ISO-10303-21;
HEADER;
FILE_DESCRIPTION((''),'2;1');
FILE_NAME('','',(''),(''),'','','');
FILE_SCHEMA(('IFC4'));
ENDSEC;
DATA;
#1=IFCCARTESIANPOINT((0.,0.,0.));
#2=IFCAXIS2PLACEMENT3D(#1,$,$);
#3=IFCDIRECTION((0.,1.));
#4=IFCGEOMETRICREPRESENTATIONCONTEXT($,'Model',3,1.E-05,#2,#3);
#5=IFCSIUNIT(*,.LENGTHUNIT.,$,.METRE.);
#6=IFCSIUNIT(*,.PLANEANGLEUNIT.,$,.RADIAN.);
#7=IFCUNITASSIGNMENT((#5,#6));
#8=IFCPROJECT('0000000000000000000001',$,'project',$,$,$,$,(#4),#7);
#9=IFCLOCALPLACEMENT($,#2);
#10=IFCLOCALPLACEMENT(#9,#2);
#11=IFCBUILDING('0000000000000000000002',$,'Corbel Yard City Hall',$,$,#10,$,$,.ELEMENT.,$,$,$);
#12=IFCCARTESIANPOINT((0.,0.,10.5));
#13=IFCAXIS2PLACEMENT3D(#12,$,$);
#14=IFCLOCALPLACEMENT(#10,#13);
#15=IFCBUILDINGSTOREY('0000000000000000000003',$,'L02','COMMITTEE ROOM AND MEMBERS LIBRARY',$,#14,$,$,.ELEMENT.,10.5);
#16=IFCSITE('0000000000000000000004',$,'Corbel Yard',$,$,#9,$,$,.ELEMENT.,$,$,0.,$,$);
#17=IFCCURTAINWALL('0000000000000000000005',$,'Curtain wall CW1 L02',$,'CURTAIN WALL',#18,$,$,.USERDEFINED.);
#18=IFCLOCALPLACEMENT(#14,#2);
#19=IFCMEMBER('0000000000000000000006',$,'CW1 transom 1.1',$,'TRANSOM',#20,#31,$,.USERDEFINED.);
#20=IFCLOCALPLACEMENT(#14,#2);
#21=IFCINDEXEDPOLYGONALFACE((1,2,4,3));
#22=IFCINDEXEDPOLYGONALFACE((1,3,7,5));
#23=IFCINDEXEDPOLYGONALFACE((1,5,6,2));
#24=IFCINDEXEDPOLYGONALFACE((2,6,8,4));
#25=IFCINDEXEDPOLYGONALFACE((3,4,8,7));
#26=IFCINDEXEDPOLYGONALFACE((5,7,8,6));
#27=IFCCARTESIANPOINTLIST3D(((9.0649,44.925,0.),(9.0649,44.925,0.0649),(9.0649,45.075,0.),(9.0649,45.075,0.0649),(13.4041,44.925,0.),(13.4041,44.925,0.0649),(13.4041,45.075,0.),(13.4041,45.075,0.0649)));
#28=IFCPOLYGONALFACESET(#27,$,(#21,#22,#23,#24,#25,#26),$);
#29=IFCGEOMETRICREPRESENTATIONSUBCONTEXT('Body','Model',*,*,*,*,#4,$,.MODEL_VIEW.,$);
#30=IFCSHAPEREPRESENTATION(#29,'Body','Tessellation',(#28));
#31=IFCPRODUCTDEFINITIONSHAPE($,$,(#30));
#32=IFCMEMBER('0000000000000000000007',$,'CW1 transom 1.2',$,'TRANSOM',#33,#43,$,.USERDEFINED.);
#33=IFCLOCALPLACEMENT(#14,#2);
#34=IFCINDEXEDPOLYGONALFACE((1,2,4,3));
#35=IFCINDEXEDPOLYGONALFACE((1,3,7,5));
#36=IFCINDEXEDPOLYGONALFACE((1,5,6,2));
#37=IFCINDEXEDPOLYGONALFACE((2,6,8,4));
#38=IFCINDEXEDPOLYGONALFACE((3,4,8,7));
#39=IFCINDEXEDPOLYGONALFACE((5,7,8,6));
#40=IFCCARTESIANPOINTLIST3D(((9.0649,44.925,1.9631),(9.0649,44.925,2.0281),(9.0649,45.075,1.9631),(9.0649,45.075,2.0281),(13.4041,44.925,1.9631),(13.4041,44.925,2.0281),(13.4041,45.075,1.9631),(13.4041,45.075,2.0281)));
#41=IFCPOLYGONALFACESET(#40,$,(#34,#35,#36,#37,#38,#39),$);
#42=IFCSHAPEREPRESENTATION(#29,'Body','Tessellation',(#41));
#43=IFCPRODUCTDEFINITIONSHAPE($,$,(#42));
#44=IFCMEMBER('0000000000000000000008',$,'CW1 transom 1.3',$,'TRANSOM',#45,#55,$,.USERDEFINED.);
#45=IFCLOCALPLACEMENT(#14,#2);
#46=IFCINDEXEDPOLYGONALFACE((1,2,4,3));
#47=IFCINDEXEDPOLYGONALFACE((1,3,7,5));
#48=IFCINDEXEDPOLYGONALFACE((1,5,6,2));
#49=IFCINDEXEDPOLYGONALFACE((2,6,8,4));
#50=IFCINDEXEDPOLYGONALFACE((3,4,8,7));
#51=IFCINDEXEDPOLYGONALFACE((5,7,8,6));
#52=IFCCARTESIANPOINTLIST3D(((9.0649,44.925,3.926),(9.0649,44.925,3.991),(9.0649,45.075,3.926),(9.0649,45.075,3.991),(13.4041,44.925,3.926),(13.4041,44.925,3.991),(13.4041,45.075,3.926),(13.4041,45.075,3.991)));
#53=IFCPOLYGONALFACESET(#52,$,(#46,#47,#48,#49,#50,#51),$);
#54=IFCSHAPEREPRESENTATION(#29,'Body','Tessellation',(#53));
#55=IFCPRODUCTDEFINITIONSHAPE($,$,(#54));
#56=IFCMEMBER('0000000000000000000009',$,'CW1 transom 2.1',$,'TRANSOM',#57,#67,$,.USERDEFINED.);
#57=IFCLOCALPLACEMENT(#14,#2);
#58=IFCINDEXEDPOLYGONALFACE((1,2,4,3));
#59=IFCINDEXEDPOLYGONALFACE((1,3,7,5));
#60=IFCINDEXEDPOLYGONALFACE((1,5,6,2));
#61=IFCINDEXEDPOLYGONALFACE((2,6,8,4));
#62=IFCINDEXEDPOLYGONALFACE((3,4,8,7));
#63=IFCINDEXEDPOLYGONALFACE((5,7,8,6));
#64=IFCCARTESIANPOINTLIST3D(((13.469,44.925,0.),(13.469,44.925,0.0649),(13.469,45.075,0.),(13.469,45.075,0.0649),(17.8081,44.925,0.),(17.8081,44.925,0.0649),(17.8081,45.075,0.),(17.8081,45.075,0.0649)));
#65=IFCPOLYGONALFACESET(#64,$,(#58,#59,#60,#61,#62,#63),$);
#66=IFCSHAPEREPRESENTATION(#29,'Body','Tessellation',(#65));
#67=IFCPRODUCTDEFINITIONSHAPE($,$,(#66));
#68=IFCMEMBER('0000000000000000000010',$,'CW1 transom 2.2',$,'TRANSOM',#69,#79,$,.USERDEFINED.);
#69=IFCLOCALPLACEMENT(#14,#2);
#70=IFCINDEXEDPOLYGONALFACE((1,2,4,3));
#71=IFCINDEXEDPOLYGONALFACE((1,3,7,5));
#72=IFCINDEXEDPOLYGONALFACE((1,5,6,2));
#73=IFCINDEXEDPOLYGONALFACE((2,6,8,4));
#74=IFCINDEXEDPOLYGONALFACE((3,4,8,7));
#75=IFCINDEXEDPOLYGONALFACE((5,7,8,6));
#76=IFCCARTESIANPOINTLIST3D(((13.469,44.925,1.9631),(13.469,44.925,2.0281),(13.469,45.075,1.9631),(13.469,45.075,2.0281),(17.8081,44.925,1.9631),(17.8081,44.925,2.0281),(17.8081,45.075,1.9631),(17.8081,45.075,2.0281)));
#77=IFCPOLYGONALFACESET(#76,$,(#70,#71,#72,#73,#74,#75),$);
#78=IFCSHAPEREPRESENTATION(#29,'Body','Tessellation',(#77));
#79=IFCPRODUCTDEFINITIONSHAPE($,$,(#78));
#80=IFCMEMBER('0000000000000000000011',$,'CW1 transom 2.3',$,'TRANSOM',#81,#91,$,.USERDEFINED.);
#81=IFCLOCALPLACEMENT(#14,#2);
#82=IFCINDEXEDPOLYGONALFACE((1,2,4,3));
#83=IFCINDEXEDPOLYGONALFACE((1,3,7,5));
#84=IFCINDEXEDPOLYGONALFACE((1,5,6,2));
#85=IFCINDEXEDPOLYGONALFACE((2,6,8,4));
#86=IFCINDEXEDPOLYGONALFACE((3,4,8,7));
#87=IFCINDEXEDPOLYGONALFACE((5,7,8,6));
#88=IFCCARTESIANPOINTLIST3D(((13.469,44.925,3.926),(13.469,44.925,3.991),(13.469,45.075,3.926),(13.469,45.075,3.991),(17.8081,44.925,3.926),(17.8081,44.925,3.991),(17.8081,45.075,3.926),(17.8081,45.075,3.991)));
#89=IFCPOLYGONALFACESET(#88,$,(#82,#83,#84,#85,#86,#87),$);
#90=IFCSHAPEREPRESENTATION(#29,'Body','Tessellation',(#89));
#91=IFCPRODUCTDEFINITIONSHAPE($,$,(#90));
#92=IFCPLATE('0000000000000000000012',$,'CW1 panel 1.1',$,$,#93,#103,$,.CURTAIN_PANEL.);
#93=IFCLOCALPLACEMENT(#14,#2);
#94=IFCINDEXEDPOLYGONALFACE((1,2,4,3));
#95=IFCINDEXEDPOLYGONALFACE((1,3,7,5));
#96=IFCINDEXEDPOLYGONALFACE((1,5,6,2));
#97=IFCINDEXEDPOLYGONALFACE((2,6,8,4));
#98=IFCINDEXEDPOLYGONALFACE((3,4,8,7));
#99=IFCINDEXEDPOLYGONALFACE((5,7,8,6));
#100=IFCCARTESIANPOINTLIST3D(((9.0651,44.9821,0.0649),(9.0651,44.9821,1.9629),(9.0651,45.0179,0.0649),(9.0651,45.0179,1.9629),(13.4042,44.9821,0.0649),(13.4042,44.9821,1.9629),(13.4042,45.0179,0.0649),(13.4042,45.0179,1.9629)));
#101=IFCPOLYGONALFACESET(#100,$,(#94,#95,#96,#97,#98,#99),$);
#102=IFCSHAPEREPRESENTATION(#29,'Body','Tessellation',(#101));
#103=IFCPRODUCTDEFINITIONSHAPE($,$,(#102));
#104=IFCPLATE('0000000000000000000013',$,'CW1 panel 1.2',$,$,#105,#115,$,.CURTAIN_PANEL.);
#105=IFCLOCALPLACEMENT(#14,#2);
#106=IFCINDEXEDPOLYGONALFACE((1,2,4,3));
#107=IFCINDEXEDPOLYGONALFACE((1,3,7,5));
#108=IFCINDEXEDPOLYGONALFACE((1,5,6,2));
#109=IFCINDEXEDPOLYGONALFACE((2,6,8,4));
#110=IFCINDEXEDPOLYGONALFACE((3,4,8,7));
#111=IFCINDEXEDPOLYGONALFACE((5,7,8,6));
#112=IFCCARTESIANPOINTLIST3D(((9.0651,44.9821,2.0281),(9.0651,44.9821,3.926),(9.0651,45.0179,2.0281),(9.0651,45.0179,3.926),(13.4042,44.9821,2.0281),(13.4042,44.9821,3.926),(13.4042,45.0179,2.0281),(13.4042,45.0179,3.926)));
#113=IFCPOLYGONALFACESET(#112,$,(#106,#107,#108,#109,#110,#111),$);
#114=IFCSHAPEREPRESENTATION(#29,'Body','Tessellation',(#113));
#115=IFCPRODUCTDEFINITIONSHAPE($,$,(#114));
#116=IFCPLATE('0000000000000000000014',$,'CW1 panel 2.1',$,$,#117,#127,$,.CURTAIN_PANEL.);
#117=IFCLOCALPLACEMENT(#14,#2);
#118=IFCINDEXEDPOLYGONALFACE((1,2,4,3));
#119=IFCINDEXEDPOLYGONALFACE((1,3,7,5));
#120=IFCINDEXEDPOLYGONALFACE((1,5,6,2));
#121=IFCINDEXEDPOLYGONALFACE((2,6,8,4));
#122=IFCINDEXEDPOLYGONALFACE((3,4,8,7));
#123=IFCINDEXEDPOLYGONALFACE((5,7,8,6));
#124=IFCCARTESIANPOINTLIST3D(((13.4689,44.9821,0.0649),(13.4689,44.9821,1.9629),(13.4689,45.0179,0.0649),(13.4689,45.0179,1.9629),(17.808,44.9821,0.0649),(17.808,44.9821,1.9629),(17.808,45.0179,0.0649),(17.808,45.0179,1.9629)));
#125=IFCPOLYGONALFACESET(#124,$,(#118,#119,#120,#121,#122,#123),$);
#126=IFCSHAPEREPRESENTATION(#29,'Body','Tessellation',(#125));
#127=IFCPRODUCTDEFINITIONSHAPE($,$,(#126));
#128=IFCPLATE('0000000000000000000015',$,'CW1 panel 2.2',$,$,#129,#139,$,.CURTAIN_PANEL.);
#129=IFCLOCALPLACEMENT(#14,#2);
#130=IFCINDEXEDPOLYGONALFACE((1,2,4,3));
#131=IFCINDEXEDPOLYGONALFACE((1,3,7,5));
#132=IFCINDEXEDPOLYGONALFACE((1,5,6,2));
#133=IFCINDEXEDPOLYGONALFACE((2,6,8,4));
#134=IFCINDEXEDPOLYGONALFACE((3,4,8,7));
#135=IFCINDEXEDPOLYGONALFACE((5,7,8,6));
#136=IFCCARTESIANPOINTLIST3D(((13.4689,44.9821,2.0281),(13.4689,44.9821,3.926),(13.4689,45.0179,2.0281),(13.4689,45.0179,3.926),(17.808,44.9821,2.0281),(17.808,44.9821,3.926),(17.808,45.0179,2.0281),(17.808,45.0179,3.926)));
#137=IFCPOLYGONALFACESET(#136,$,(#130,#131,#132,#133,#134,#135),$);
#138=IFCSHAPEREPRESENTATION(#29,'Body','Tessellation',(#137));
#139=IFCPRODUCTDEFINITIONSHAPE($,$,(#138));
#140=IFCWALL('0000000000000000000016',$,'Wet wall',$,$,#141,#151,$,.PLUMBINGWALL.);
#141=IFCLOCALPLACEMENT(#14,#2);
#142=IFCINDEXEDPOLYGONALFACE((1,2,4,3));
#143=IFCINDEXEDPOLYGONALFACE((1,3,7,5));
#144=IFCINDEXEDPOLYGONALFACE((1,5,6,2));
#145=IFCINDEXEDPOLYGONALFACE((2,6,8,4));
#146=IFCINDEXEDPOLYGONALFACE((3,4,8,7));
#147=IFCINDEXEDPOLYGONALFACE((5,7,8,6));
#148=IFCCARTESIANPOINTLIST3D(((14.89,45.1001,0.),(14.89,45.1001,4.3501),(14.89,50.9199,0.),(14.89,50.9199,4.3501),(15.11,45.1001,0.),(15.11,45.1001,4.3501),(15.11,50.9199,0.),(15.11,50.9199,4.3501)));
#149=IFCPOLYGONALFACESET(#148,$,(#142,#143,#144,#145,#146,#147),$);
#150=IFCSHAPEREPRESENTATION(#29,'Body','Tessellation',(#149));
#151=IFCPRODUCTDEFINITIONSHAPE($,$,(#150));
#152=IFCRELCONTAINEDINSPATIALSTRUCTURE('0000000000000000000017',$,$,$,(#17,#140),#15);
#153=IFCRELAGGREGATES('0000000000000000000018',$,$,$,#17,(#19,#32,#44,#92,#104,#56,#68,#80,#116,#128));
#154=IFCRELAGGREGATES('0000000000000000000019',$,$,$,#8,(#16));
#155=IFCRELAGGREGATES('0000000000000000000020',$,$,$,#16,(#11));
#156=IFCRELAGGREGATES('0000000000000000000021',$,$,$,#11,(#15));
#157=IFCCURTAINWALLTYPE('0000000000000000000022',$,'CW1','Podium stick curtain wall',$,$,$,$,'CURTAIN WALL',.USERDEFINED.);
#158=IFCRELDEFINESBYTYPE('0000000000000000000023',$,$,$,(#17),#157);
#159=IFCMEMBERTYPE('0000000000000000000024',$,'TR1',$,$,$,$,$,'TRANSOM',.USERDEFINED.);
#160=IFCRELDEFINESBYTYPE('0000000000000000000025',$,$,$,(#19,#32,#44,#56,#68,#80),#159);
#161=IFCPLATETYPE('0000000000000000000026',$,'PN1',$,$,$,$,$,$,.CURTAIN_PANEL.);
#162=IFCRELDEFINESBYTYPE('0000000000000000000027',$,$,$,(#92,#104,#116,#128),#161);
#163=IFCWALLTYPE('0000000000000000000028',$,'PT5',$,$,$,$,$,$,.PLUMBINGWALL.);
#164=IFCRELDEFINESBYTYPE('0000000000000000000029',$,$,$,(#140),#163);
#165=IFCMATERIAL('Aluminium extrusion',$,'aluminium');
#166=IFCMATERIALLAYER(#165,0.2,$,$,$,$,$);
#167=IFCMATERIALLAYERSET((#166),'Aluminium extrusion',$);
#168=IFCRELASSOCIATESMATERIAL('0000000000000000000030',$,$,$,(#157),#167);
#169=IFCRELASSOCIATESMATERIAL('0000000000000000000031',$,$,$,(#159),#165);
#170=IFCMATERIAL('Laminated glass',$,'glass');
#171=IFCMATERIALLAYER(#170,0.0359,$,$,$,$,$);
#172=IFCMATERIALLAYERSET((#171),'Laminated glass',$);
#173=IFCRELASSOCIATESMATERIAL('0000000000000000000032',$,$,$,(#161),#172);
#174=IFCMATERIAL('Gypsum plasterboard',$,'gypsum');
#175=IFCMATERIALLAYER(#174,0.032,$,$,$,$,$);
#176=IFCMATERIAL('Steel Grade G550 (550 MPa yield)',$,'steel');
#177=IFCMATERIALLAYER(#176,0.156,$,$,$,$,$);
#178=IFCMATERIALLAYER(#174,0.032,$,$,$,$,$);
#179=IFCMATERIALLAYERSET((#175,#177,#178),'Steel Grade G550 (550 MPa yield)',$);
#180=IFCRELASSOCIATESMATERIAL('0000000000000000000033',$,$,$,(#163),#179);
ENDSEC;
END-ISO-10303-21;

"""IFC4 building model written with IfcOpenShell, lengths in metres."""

from ifc_helpers import new_model, si_unit, direction, frame, frame_2d, origin, origin_2d, place, context, subcontext, project, spatial, rectangle, extrude, material, layer, layer_set, material_profile, profile_set, type_object, element, aggregate, save


model = new_model("IFC4")

# Units and contexts
model_context = context("Model", 3, precision=1e-05, world=origin(), true_north=direction((0.0, 1.0)))
body_context = subcontext(model_context, "Body", "Model", "MODEL_VIEW")
ifc_project = project(units=[si_unit("LENGTHUNIT", "METRE"), si_unit("PLANEANGLEUNIT", "RADIAN")], contexts=[model_context])

# Site, building, storey
site_placement = place(None, origin())
site = spatial("IfcSite", under=ifc_project, at=site_placement, Name="Corbel Yard", CompositionType="ELEMENT", RefElevation=0.0)
building_placement = place(site_placement, origin())
building = spatial("IfcBuilding", under=site, at=building_placement, Name="Corbel Yard City Hall", CompositionType="ELEMENT")
storey_placement = place(building_placement, frame((0.0, 0.0, 10.5)))
storey = spatial("IfcBuildingStorey", under=building, at=storey_placement, Name="L02", Description="COMMITTEE ROOM AND MEMBERS LIBRARY", CompositionType="ELEMENT", Elevation=10.5)

# Curtain wall
ifc_material_1 = material(Name="Aluminium extrusion", Category="aluminium")
ifc_layer_1 = layer(ifc_material_1, 0.2)
ifc_layer_set_1 = layer_set([ifc_layer_1], Name="Aluminium extrusion")
curtain_wall_type = type_object("IfcCurtainWallType", Name="CW1", Description="Podium stick curtain wall", ElementType="CURTAIN WALL", PredefinedType="USERDEFINED", material=ifc_layer_set_1)
curtain_wall_placement = place(storey_placement, origin())
curtain_wall = element("IfcCurtainWall", 1, at=curtain_wall_placement, inside=storey, type_object=curtain_wall_type, Name="Curtain wall CW1 L02", ObjectType="CURTAIN WALL", PredefinedType="USERDEFINED")

# Members
ifc_material_profile_1 = material_profile(ifc_material_1, rectangle(XDim=0.1499, YDim=0.0649, at=origin_2d()), Name="150x65")
ifc_profile_set_1 = profile_set([ifc_material_profile_1], Name="Aluminium extrusion")
member_type_1 = type_object("IfcMemberType", Name="TR1", ElementType="TRANSOM", PredefinedType="USERDEFINED", material=ifc_profile_set_1)
member_1_placement = place(storey_placement, frame((9.0649, 45.0, 0.0325), z_axis=(1.0, 0.0, 0.0), x_axis=(0.0, 1.0, 0.0)))
member_1 = element("IfcMember", 2, at=member_1_placement, type_object=member_type_1, Name="CW1 transom 1.1", ObjectType="TRANSOM", PredefinedType="USERDEFINED", context=body_context, shape_type="SweptSolid", body=[
    extrude(rectangle(XDim=0.1499, YDim=0.0649, at=origin_2d()), origin(), (0.0, 0.0, 1.0), 4.3391),
])
member_2_placement = place(storey_placement, frame((9.0649, 45.0, 1.9956), z_axis=(1.0, 0.0, 0.0), x_axis=(0.0, 1.0, 0.0)))
member_2 = element("IfcMember", 3, at=member_2_placement, type_object=member_type_1, Name="CW1 transom 1.2", ObjectType="TRANSOM", PredefinedType="USERDEFINED", context=body_context, shape_type="SweptSolid", body=[
    extrude(rectangle(XDim=0.1499, YDim=0.0649, at=origin_2d()), origin(), (0.0, 0.0, 1.0), 4.3391),
])
member_3_placement = place(storey_placement, frame((9.0649, 45.0, 3.9585), z_axis=(1.0, 0.0, 0.0), x_axis=(0.0, 1.0, 0.0)))
member_3 = element("IfcMember", 4, at=member_3_placement, type_object=member_type_1, Name="CW1 transom 1.3", ObjectType="TRANSOM", PredefinedType="USERDEFINED", context=body_context, shape_type="SweptSolid", body=[
    extrude(rectangle(XDim=0.1499, YDim=0.0649, at=origin_2d()), origin(), (0.0, 0.0, 1.0), 4.3391),
])
member_4_placement = place(storey_placement, frame((13.469, 45.0, 0.0325), z_axis=(1.0, 0.0, 0.0), x_axis=(0.0, 1.0, 0.0)))
member_4 = element("IfcMember", 5, at=member_4_placement, type_object=member_type_1, Name="CW1 transom 2.1", ObjectType="TRANSOM", PredefinedType="USERDEFINED", context=body_context, shape_type="SweptSolid", body=[
    extrude(rectangle(XDim=0.1499, YDim=0.0649, at=origin_2d()), origin(), (0.0, 0.0, 1.0), 4.3391),
])
member_5_placement = place(storey_placement, frame((13.469, 45.0, 1.9956), z_axis=(1.0, 0.0, 0.0), x_axis=(0.0, 1.0, 0.0)))
member_5 = element("IfcMember", 6, at=member_5_placement, type_object=member_type_1, Name="CW1 transom 2.2", ObjectType="TRANSOM", PredefinedType="USERDEFINED", context=body_context, shape_type="SweptSolid", body=[
    extrude(rectangle(XDim=0.1499, YDim=0.0649, at=origin_2d()), origin(), (0.0, 0.0, 1.0), 4.3391),
])
member_6_placement = place(storey_placement, frame((13.469, 45.0, 3.9585), z_axis=(1.0, 0.0, 0.0), x_axis=(0.0, 1.0, 0.0)))
member_6 = element("IfcMember", 7, at=member_6_placement, type_object=member_type_1, Name="CW1 transom 2.3", ObjectType="TRANSOM", PredefinedType="USERDEFINED", context=body_context, shape_type="SweptSolid", body=[
    extrude(rectangle(XDim=0.1499, YDim=0.0649, at=origin_2d()), origin(), (0.0, 0.0, 1.0), 4.3391),
])

# Plates
ifc_material_2 = material(Name="Laminated glass", Category="glass")
ifc_layer_2 = layer(ifc_material_2, 0.0359)
ifc_layer_set_2 = layer_set([ifc_layer_2], Name="Laminated glass")
plate_type = type_object("IfcPlateType", Name="PN1", PredefinedType="CURTAIN_PANEL", material=ifc_layer_set_2)
plate_1_placement = place(storey_placement, frame((11.2346, 45.0, 0.0649), z_axis=(0.0, 0.0, 1.0), x_axis=(1.0, 0.0, 0.0)))
plate_1 = element("IfcPlate", 8, at=plate_1_placement, type_object=plate_type, Name="CW1 panel 1.1", PredefinedType="CURTAIN_PANEL", context=body_context, shape_type="SweptSolid", body=[
    extrude(rectangle(XDim=4.3391, YDim=0.0359, at=origin_2d()), origin(), (0.0, 0.0, 1.0), 1.8979),
])
plate_2_placement = place(storey_placement, frame((11.2346, 45.0, 2.0281), z_axis=(0.0, 0.0, 1.0), x_axis=(1.0, 0.0, 0.0)))
plate_2 = element("IfcPlate", 9, at=plate_2_placement, type_object=plate_type, Name="CW1 panel 1.2", PredefinedType="CURTAIN_PANEL", context=body_context, shape_type="SweptSolid", body=[
    extrude(rectangle(XDim=4.3391, YDim=0.0359, at=origin_2d()), origin(), (0.0, 0.0, 1.0), 1.8979),
])
plate_3_placement = place(storey_placement, frame((15.6384, 45.0, 0.0649), z_axis=(0.0, 0.0, 1.0), x_axis=(1.0, 0.0, 0.0)))
plate_3 = element("IfcPlate", 10, at=plate_3_placement, type_object=plate_type, Name="CW1 panel 2.1", PredefinedType="CURTAIN_PANEL", context=body_context, shape_type="SweptSolid", body=[
    extrude(rectangle(XDim=4.3391, YDim=0.0359, at=origin_2d()), origin(), (0.0, 0.0, 1.0), 1.8979),
])
plate_4_placement = place(storey_placement, frame((15.6384, 45.0, 2.0281), z_axis=(0.0, 0.0, 1.0), x_axis=(1.0, 0.0, 0.0)))
plate_4 = element("IfcPlate", 11, at=plate_4_placement, type_object=plate_type, Name="CW1 panel 2.2", PredefinedType="CURTAIN_PANEL", context=body_context, shape_type="SweptSolid", body=[
    extrude(rectangle(XDim=4.3391, YDim=0.0359, at=origin_2d()), origin(), (0.0, 0.0, 1.0), 1.8979),
])
aggregate(curtain_wall, [member_1, member_2, member_3, plate_1, plate_2, member_4, member_5, member_6, plate_3, plate_4])

# Wall
ifc_material_3 = material(Name="Gypsum plasterboard", Category="gypsum")
ifc_layer_3 = layer(ifc_material_3, 0.032)
ifc_material_4 = material(Name="Steel Grade G550 (550 MPa yield)", Category="steel")
ifc_layer_4 = layer(ifc_material_4, 0.156)
ifc_layer_5 = layer(ifc_material_3, 0.032)
ifc_layer_set_3 = layer_set([ifc_layer_3, ifc_layer_4, ifc_layer_5], Name="Steel Grade G550 (550 MPa yield)")
wall_type = type_object("IfcWallType", Name="PT5", PredefinedType="PLUMBINGWALL", material=ifc_layer_set_3)
wall_placement = place(storey_placement, frame((15.0, 45.1001, 0.0), z_axis=(0.0, 0.0, 1.0), x_axis=(0.0, 1.0, 0.0)))
element("IfcWall", 12, at=wall_placement, inside=storey, type_object=wall_type, Name="Wet wall", PredefinedType="PLUMBINGWALL", context=body_context, shape_type="SweptSolid", body=[
    extrude(rectangle(XDim=5.8198, YDim=0.22, at=frame_2d((2.9099, 0.0))), origin(), (0.0, 0.0, 1.0), 4.3501),
])

save(model, "model.ifc")
